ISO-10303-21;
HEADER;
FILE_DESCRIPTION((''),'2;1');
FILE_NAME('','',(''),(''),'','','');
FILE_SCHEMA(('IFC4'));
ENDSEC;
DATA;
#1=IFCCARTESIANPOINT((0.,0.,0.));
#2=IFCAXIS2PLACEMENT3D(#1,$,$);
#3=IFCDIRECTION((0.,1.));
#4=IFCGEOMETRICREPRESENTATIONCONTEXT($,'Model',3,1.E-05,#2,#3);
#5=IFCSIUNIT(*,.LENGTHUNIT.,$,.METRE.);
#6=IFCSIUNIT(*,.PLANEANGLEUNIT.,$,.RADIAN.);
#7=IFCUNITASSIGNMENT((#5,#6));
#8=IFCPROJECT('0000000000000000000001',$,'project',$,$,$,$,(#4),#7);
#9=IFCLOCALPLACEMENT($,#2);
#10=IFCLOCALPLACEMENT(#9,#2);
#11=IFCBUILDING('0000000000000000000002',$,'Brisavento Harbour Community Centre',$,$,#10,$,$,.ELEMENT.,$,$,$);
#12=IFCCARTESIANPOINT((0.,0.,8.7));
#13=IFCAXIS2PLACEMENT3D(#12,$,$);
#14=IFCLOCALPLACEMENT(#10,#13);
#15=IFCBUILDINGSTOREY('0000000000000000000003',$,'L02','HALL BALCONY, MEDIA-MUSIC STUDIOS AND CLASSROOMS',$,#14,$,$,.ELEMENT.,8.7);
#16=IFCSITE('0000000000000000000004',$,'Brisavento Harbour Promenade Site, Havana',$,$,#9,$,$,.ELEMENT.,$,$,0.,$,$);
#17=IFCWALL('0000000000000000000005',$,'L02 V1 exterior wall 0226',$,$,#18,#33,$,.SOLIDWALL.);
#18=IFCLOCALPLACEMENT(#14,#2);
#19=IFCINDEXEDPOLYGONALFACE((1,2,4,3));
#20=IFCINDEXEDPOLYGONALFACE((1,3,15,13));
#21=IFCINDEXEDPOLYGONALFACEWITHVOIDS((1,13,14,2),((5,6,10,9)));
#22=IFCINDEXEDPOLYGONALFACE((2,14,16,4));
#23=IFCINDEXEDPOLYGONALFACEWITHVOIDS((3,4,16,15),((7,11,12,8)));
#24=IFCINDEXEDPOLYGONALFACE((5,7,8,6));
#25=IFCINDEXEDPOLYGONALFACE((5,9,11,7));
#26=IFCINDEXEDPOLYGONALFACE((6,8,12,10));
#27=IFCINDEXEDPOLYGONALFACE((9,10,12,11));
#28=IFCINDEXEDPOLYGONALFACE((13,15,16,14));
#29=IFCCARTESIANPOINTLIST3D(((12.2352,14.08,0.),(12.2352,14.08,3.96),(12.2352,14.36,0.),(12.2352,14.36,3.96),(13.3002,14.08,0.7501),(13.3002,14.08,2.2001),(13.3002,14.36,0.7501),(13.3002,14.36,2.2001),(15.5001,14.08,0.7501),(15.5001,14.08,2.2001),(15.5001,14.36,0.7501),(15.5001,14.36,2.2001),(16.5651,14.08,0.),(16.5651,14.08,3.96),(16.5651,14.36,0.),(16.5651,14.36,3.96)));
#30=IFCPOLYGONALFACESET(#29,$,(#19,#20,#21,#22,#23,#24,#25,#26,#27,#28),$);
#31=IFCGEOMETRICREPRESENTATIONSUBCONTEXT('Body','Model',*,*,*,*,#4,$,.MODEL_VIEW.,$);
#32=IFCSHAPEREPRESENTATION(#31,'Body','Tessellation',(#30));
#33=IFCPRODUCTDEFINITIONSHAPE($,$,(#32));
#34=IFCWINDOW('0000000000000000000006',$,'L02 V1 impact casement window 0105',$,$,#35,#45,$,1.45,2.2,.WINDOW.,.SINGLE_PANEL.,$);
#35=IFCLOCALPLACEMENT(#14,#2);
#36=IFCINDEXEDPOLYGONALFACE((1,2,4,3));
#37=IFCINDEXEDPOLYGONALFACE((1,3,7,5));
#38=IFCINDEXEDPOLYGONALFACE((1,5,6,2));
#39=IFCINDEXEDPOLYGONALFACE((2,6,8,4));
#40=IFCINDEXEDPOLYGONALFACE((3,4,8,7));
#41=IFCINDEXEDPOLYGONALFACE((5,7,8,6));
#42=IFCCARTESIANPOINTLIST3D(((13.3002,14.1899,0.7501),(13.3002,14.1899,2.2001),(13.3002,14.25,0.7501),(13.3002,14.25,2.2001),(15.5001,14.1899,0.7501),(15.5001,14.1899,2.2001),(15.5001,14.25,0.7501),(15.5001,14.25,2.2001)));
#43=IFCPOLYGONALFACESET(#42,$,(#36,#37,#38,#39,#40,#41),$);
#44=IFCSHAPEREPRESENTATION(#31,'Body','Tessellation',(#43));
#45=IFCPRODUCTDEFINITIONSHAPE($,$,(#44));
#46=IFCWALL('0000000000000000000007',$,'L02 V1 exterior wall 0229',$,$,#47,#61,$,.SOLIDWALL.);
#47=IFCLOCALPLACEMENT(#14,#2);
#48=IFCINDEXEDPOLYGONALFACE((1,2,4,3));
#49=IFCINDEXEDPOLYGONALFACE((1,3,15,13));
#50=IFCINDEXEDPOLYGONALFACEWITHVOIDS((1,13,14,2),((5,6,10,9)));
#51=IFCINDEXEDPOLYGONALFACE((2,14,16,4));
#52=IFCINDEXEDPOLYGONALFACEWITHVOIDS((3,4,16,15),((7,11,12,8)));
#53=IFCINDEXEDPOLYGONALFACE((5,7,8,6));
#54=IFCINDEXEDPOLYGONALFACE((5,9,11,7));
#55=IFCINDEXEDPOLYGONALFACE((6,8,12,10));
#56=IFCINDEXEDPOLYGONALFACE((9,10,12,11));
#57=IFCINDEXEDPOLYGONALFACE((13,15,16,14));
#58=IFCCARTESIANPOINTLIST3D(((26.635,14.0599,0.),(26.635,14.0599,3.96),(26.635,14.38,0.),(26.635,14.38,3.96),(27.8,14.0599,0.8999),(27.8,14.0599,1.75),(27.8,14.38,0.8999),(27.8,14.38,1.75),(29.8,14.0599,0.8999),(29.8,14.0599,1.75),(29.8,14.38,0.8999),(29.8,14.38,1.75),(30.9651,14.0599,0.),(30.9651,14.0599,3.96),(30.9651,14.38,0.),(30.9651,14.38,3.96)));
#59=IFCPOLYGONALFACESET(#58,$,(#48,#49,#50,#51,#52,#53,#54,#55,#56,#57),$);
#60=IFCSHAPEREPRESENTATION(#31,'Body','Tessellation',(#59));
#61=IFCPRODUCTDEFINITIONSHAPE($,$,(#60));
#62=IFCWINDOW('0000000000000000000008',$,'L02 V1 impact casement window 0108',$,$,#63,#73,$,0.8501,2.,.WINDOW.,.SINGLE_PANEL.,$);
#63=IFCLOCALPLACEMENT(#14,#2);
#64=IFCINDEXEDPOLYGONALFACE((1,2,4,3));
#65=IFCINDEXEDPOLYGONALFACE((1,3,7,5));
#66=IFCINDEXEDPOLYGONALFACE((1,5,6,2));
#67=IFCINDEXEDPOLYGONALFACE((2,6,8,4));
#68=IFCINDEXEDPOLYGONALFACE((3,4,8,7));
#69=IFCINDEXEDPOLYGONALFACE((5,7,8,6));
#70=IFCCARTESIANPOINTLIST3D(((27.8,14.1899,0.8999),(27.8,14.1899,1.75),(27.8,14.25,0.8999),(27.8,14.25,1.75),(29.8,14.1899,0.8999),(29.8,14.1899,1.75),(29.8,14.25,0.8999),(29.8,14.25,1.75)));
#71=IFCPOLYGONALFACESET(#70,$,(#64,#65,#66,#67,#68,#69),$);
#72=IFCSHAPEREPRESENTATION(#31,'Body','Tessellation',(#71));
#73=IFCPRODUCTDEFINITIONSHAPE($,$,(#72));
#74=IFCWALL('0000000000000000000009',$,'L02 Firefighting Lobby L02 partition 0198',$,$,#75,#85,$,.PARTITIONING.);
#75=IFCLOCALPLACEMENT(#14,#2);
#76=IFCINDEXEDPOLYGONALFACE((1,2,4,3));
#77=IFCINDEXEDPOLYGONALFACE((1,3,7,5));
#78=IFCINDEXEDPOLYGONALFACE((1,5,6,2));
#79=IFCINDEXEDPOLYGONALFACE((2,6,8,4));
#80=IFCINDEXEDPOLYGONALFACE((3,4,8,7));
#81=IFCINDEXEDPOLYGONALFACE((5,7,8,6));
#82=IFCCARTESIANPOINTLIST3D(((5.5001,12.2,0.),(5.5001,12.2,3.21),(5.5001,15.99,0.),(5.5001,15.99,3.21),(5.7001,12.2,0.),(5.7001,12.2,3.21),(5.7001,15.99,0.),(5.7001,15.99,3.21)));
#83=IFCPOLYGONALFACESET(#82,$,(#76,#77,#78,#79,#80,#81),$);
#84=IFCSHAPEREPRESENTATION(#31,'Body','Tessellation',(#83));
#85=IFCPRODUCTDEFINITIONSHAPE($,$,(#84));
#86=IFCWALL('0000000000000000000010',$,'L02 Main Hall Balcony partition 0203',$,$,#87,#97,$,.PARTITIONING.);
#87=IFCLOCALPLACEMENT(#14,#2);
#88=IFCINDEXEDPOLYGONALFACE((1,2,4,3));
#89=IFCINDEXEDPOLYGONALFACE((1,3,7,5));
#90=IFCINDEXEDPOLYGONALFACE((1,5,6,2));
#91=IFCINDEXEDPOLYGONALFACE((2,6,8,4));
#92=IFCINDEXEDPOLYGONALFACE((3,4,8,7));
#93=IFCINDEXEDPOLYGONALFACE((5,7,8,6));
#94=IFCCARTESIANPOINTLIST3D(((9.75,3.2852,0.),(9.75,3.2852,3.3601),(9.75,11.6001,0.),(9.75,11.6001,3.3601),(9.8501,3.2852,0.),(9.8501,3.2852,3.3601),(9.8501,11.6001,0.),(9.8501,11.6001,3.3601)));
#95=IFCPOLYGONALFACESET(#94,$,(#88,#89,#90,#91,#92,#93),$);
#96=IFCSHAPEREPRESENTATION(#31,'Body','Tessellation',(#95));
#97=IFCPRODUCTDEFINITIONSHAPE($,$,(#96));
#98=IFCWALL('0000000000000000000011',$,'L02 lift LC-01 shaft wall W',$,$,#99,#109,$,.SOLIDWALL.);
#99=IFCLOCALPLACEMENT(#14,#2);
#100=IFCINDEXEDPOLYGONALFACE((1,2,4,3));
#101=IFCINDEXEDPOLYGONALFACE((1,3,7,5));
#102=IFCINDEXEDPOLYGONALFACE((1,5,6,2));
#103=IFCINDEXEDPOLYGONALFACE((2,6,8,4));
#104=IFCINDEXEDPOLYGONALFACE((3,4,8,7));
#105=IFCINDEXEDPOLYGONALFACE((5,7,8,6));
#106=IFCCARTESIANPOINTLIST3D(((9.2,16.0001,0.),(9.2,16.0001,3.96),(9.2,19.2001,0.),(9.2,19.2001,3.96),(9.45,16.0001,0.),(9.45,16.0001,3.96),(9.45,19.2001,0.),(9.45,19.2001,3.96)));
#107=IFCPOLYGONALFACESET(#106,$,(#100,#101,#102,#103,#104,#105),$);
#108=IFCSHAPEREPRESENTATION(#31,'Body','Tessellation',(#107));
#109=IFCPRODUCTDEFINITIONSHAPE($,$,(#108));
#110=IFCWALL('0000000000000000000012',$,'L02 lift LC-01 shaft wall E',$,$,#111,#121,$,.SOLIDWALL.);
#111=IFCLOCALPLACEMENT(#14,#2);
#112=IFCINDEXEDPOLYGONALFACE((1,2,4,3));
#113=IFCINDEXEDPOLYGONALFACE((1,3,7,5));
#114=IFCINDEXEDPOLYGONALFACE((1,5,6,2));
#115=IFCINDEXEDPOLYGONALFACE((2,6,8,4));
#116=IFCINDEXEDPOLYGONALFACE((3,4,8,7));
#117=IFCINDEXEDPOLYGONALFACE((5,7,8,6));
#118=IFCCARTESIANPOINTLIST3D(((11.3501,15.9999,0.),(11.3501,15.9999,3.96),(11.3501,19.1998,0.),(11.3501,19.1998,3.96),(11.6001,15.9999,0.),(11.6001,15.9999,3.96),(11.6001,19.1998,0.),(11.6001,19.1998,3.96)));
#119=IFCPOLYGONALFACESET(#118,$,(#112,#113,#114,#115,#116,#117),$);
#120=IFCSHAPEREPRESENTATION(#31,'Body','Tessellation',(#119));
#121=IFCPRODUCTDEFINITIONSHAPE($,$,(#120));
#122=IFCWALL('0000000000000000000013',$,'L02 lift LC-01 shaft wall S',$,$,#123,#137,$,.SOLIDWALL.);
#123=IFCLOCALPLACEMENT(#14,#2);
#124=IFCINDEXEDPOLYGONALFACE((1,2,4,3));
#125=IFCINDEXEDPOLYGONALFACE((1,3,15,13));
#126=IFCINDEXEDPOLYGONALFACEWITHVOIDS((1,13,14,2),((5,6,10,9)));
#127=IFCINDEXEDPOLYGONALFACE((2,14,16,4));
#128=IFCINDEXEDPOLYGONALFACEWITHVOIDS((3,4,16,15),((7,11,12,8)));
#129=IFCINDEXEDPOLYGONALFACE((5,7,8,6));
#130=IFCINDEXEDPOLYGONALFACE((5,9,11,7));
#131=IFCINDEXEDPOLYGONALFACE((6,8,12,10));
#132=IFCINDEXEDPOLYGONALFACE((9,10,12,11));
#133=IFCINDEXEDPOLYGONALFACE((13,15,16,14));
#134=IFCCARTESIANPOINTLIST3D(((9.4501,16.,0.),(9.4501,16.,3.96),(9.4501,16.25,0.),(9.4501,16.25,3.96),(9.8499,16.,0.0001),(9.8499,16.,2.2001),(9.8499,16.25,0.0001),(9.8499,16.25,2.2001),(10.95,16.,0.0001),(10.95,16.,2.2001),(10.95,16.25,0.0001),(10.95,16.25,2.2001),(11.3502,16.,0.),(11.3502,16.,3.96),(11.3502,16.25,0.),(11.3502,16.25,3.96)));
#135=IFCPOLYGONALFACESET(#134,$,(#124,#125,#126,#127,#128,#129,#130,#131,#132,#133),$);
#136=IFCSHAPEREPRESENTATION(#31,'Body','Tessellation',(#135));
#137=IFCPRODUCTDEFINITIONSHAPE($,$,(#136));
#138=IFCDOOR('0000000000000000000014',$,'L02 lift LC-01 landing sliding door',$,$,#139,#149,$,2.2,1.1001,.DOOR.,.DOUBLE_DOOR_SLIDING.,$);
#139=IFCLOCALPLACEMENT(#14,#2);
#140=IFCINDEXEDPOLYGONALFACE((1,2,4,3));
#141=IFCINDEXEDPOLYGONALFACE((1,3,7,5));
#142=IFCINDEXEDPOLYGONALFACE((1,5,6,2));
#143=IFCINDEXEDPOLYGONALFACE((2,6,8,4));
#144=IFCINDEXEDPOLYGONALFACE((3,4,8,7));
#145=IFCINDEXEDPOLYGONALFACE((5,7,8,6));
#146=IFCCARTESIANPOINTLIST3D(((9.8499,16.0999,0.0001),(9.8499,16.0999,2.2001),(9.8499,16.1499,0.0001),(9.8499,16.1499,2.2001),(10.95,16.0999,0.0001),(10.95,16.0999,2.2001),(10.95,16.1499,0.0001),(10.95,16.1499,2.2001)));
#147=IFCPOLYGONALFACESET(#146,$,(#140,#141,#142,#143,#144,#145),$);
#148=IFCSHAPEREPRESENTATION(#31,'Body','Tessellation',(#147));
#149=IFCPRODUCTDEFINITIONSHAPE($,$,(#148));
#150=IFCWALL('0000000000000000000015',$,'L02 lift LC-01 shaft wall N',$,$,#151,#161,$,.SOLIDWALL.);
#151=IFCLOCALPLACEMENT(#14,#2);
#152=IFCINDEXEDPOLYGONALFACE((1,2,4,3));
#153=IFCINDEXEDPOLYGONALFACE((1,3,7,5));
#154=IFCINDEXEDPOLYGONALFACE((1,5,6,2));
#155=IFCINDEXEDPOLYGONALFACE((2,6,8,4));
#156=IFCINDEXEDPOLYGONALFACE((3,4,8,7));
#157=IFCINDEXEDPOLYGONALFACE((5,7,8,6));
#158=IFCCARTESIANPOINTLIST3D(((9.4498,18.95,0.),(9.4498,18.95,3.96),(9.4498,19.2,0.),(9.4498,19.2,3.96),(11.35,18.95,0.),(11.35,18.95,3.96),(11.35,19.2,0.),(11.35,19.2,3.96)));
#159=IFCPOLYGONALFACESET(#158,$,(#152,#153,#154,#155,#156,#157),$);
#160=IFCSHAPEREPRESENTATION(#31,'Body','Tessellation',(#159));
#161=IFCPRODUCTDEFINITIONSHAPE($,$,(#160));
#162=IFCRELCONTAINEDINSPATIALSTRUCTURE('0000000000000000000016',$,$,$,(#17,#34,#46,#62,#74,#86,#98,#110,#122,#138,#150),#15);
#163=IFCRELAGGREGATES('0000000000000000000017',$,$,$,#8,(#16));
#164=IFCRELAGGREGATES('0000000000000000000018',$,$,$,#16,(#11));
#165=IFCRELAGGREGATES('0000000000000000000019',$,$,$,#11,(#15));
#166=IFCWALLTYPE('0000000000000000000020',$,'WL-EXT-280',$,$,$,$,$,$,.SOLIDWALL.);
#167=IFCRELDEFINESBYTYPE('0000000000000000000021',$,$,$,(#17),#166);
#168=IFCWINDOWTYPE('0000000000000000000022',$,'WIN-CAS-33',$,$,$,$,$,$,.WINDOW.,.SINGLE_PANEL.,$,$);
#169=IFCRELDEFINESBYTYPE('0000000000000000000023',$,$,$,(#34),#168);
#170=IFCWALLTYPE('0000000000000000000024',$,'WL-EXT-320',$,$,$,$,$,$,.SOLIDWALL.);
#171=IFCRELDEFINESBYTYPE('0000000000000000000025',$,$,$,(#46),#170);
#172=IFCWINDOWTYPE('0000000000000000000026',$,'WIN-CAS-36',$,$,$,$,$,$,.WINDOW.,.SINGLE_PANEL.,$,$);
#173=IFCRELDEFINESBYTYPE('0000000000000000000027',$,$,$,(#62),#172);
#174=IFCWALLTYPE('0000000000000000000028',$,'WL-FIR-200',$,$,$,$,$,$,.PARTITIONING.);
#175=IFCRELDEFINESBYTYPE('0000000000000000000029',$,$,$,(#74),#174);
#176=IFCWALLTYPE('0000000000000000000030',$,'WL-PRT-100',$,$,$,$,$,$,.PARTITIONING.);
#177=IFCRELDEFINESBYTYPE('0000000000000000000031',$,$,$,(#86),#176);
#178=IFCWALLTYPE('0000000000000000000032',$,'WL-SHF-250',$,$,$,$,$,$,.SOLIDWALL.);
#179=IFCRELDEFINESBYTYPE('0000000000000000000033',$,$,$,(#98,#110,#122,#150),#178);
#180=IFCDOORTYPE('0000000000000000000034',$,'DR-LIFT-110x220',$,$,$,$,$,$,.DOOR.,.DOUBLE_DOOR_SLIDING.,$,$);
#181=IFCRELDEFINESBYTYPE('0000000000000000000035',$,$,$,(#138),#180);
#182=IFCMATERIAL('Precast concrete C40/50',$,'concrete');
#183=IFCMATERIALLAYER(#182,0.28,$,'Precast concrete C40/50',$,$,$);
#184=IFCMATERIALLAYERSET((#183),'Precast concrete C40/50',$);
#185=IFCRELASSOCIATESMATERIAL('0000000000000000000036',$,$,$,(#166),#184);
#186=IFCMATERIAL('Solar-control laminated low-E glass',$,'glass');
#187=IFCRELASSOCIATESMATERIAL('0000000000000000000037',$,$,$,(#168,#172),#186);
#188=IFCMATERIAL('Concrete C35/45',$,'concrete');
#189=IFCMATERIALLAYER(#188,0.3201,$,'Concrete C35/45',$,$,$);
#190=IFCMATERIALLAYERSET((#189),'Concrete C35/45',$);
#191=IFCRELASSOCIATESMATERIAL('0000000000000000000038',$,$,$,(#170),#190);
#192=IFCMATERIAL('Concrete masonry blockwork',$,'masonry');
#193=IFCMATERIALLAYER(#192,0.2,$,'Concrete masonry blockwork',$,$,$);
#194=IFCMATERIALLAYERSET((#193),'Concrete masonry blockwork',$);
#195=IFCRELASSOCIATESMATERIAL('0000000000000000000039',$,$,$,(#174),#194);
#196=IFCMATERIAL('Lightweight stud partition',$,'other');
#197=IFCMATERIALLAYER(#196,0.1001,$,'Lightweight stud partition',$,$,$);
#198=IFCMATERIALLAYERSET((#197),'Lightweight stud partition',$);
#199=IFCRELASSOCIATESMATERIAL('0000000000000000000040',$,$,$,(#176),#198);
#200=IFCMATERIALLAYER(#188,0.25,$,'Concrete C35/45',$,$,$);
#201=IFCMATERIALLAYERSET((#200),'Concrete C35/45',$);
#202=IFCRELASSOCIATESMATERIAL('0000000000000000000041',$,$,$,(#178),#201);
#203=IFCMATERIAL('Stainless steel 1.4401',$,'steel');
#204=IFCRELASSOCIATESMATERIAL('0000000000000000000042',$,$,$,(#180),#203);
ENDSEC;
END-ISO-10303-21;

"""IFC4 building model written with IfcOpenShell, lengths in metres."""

from ifc_helpers import new_model, si_unit, direction, frame, frame_2d, origin, place, context, subcontext, project, spatial, rectangle, extrude, material, layer, layer_set, type_object, element, fill, save


model = new_model("IFC4")

# Units and contexts
model_context = context("Model", 3, precision=1e-05, world=origin(), true_north=direction((0.0, 1.0)))
body_context = subcontext(model_context, "Body", "Model", "MODEL_VIEW")
ifc_project = project(units=[si_unit("LENGTHUNIT", "METRE"), si_unit("PLANEANGLEUNIT", "RADIAN")], contexts=[model_context])

# Site, building, storey
site_placement = place(None, origin())
site = spatial("IfcSite", under=ifc_project, at=site_placement, Name="Brisavento Harbour Promenade Site, Havana", CompositionType="ELEMENT", RefElevation=0.0)
building_placement = place(site_placement, origin())
building = spatial("IfcBuilding", under=site, at=building_placement, Name="Brisavento Harbour Community Centre", CompositionType="ELEMENT")
storey_placement = place(building_placement, frame((0.0, 0.0, 8.7)))
storey = spatial("IfcBuildingStorey", under=building, at=storey_placement, Name="L02", Description="HALL BALCONY, MEDIA-MUSIC STUDIOS AND CLASSROOMS", CompositionType="ELEMENT", Elevation=8.7)

# Shared definitions
ifc_material_1 = material(Name="Concrete C35/45", Category="concrete")

# Walls, openings, windows
ifc_material_2 = material(Name="Solar-control laminated low-E glass", Category="glass")
ifc_material_3 = material(Name="Precast concrete C40/50", Category="concrete")
ifc_layer_1 = layer(ifc_material_3, 0.28, Name="Precast concrete C40/50")
ifc_layer_set_1 = layer_set([ifc_layer_1], Name="Precast concrete C40/50")
wall_type_1 = type_object("IfcWallType", Name="WL-EXT-280", PredefinedType="SOLIDWALL", material=ifc_layer_set_1)
wall_1_placement = place(storey_placement, frame((12.2351, 14.22, 0.0), z_axis=(0.0, 0.0, 1.0), x_axis=(1.0, 0.0, 0.0)))
wall_1 = element("IfcWall", 1, at=wall_1_placement, inside=storey, type_object=wall_type_1, Name="L02 V1 exterior wall 0226", PredefinedType="SOLIDWALL", context=body_context, shape_type="SweptSolid", body=[
    extrude(rectangle(XDim=4.3298, YDim=0.28, at=frame_2d((2.165, 0.0))), origin(), (0.0, 0.0, 1.0), 3.96),
])
opening_1_placement = place(wall_1_placement, frame((1.0649, 0.0, 0.75)))
opening_1 = element("IfcOpeningElement", 2, at=opening_1_placement, cuts=wall_1, PredefinedType="OPENING", context=body_context, shape_type="SweptSolid", body=[
    extrude(rectangle(XDim=2.2, YDim=1.45, at=frame_2d((1.1001, 0.7251))), frame((0.0, 0.1499, 0.0), z_axis=(0.0, -1.0, 0.0), x_axis=(1.0, 0.0, 0.0)), (0.0, 0.0, 1.0), 0.3),
])
window_type_1 = type_object("IfcWindowType", Name="WIN-CAS-33", PartitioningType="SINGLE_PANEL", PredefinedType="WINDOW", material=ifc_material_2)
window_1_placement = place(opening_1_placement, origin())
window_1 = element("IfcWindow", 3, at=window_1_placement, inside=storey, type_object=window_type_1, Name="L02 V1 impact casement window 0105", OverallHeight=1.45, OverallWidth=2.2, PartitioningType="SINGLE_PANEL", PredefinedType="WINDOW", context=body_context, shape_type="SweptSolid", body=[
    extrude(rectangle(XDim=2.2, YDim=1.45, at=frame_2d((1.1001, 0.7251))), frame((0.0, 0.03, 0.0), z_axis=(0.0, -1.0, 0.0), x_axis=(1.0, 0.0, 0.0)), (0.0, 0.0, 1.0), 0.0601),
])
fill(opening_1, window_1)
ifc_layer_2 = layer(ifc_material_1, 0.3201, Name="Concrete C35/45")
ifc_layer_set_2 = layer_set([ifc_layer_2], Name="Concrete C35/45")
wall_type_2 = type_object("IfcWallType", Name="WL-EXT-320", PredefinedType="SOLIDWALL", material=ifc_layer_set_2)
wall_2_placement = place(storey_placement, frame((26.635, 14.22, 0.0), z_axis=(0.0, 0.0, 1.0), x_axis=(1.0, 0.0, 0.0)))
wall_2 = element("IfcWall", 4, at=wall_2_placement, inside=storey, type_object=wall_type_2, Name="L02 V1 exterior wall 0229", PredefinedType="SOLIDWALL", context=body_context, shape_type="SweptSolid", body=[
    extrude(rectangle(XDim=4.3301, YDim=0.3201, at=frame_2d((2.165, 0.0))), origin(), (0.0, 0.0, 1.0), 3.96),
])
opening_2_placement = place(wall_2_placement, frame((1.165, 0.0, 0.8999)))
opening_2 = element("IfcOpeningElement", 5, at=opening_2_placement, cuts=wall_2, PredefinedType="OPENING", context=body_context, shape_type="SweptSolid", body=[
    extrude(rectangle(XDim=2.0, YDim=0.8501, at=frame_2d((1.0, 0.425))), frame((0.0, 0.1699, 0.0), z_axis=(0.0, -1.0, 0.0), x_axis=(1.0, 0.0, 0.0)), (0.0, 0.0, 1.0), 0.3401),
])
window_type_2 = type_object("IfcWindowType", Name="WIN-CAS-36", PartitioningType="SINGLE_PANEL", PredefinedType="WINDOW", material=ifc_material_2)
window_2_placement = place(opening_2_placement, origin())
window_2 = element("IfcWindow", 6, at=window_2_placement, inside=storey, type_object=window_type_2, Name="L02 V1 impact casement window 0108", OverallHeight=0.8501, OverallWidth=2.0, PartitioningType="SINGLE_PANEL", PredefinedType="WINDOW", context=body_context, shape_type="SweptSolid", body=[
    extrude(rectangle(XDim=2.0, YDim=0.8501, at=frame_2d((1.0, 0.425))), frame((0.0, 0.03, 0.0), z_axis=(0.0, -1.0, 0.0), x_axis=(1.0, 0.0, 0.0)), (0.0, 0.0, 1.0), 0.0601),
])
fill(opening_2, window_2)

# Walls
ifc_material_4 = material(Name="Concrete masonry blockwork", Category="masonry")
ifc_layer_3 = layer(ifc_material_4, 0.2, Name="Concrete masonry blockwork")
ifc_layer_set_3 = layer_set([ifc_layer_3], Name="Concrete masonry blockwork")
wall_type_3 = type_object("IfcWallType", Name="WL-FIR-200", PredefinedType="PARTITIONING", material=ifc_layer_set_3)
wall_3_placement = place(storey_placement, frame((5.6001, 12.2, 0.0), z_axis=(0.0, 0.0, 1.0), x_axis=(0.0, 1.0, 0.0)))
element("IfcWall", 7, at=wall_3_placement, inside=storey, type_object=wall_type_3, Name="L02 Firefighting Lobby L02 partition 0198", PredefinedType="PARTITIONING", context=body_context, shape_type="SweptSolid", body=[
    extrude(rectangle(XDim=3.79, YDim=0.2, at=frame_2d((1.895, 0.0))), origin(), (0.0, 0.0, 1.0), 3.21),
])
ifc_material_5 = material(Name="Lightweight stud partition", Category="other")
ifc_layer_4 = layer(ifc_material_5, 0.1001, Name="Lightweight stud partition")
ifc_layer_set_4 = layer_set([ifc_layer_4], Name="Lightweight stud partition")
wall_type_4 = type_object("IfcWallType", Name="WL-PRT-100", PredefinedType="PARTITIONING", material=ifc_layer_set_4)
wall_4_placement = place(storey_placement, frame((9.8, 11.6001, 0.0), z_axis=(0.0, 0.0, 1.0), x_axis=(0.0, -1.0, 0.0)))
element("IfcWall", 8, at=wall_4_placement, inside=storey, type_object=wall_type_4, Name="L02 Main Hall Balcony partition 0203", PredefinedType="PARTITIONING", context=body_context, shape_type="SweptSolid", body=[
    extrude(rectangle(XDim=8.3149, YDim=0.1001, at=frame_2d((4.1575, 0.0))), origin(), (0.0, 0.0, 1.0), 3.3601),
])
ifc_layer_5 = layer(ifc_material_1, 0.25, Name="Concrete C35/45")
ifc_layer_set_5 = layer_set([ifc_layer_5], Name="Concrete C35/45")
wall_type_5 = type_object("IfcWallType", Name="WL-SHF-250", PredefinedType="SOLIDWALL", material=ifc_layer_set_5)
for number, where, z_axis, x_axis, name in (
    (9, (9.325, 16.0, 0.0), (0.0, 0.0, 1.0), (0.0, 1.0, 0.0), "L02 lift LC-01 shaft wall W"),
    (10, (11.4751, 19.2, 0.0), (0.0, 0.0, 1.0), (0.0, -1.0, 0.0), "L02 lift LC-01 shaft wall E"),
):
    element("IfcWall", number, at=place(storey_placement, frame(where, z_axis=z_axis, x_axis=x_axis)), inside=storey, type_object=wall_type_5, Name=name, PredefinedType="SOLIDWALL", context=body_context, shape_type="SweptSolid", body=[
        extrude(rectangle(XDim=3.2, YDim=0.25, at=frame_2d((1.6001, 0.0))), origin(), (0.0, 0.0, 1.0), 3.96),
    ])

# Wall, opening, door
wall_5_placement = place(storey_placement, frame((9.45, 16.125, 0.0), z_axis=(0.0, 0.0, 1.0), x_axis=(1.0, 0.0, 0.0)))
wall_5 = element("IfcWall", 11, at=wall_5_placement, inside=storey, type_object=wall_type_5, Name="L02 lift LC-01 shaft wall S", PredefinedType="SOLIDWALL", context=body_context, shape_type="SweptSolid", body=[
    extrude(rectangle(XDim=1.9001, YDim=0.25, at=frame_2d((0.9502, 0.0))), origin(), (0.0, 0.0, 1.0), 3.96),
])
opening_3_placement = place(wall_5_placement, frame((0.3999, 0.0, 0.0)))
opening_3 = element("IfcOpeningElement", 12, at=opening_3_placement, cuts=wall_5, PredefinedType="OPENING", context=body_context, shape_type="SweptSolid", body=[
    extrude(rectangle(XDim=1.1001, YDim=2.2, at=frame_2d((0.55, 1.1001))), frame((0.0, 0.135, 0.0), z_axis=(0.0, -1.0, 0.0), x_axis=(1.0, 0.0, 0.0)), (0.0, 0.0, 1.0), 0.27),
])
ifc_material_6 = material(Name="Stainless steel 1.4401", Category="steel")
door_type = type_object("IfcDoorType", Name="DR-LIFT-110x220", OperationType="DOUBLE_DOOR_SLIDING", PredefinedType="DOOR", material=ifc_material_6)
door_placement = place(opening_3_placement, origin())
door = element("IfcDoor", 13, at=door_placement, inside=storey, type_object=door_type, Name="L02 lift LC-01 landing sliding door", OperationType="DOUBLE_DOOR_SLIDING", OverallHeight=2.2, OverallWidth=1.1001, PredefinedType="DOOR", context=body_context, shape_type="SweptSolid", body=[
    extrude(rectangle(XDim=1.1001, YDim=2.2, at=frame_2d((0.55, 1.1001))), frame((0.0, 0.0249, 0.0), z_axis=(0.0, -1.0, 0.0), x_axis=(1.0, 0.0, 0.0)), (0.0, 0.0, 1.0), 0.05),
])
fill(opening_3, door)

# Wall
wall_6_placement = place(storey_placement, frame((11.3501, 19.075, 0.0), z_axis=(0.0, 0.0, 1.0), x_axis=(-1.0, 0.0, 0.0)))
element("IfcWall", 14, at=wall_6_placement, inside=storey, type_object=wall_type_5, Name="L02 lift LC-01 shaft wall N", PredefinedType="SOLIDWALL", context=body_context, shape_type="SweptSolid", body=[
    extrude(rectangle(XDim=1.9001, YDim=0.25, at=frame_2d((0.9502, 0.0))), origin(), (0.0, 0.0, 1.0), 3.96),
])

save(model, "model.ifc")
